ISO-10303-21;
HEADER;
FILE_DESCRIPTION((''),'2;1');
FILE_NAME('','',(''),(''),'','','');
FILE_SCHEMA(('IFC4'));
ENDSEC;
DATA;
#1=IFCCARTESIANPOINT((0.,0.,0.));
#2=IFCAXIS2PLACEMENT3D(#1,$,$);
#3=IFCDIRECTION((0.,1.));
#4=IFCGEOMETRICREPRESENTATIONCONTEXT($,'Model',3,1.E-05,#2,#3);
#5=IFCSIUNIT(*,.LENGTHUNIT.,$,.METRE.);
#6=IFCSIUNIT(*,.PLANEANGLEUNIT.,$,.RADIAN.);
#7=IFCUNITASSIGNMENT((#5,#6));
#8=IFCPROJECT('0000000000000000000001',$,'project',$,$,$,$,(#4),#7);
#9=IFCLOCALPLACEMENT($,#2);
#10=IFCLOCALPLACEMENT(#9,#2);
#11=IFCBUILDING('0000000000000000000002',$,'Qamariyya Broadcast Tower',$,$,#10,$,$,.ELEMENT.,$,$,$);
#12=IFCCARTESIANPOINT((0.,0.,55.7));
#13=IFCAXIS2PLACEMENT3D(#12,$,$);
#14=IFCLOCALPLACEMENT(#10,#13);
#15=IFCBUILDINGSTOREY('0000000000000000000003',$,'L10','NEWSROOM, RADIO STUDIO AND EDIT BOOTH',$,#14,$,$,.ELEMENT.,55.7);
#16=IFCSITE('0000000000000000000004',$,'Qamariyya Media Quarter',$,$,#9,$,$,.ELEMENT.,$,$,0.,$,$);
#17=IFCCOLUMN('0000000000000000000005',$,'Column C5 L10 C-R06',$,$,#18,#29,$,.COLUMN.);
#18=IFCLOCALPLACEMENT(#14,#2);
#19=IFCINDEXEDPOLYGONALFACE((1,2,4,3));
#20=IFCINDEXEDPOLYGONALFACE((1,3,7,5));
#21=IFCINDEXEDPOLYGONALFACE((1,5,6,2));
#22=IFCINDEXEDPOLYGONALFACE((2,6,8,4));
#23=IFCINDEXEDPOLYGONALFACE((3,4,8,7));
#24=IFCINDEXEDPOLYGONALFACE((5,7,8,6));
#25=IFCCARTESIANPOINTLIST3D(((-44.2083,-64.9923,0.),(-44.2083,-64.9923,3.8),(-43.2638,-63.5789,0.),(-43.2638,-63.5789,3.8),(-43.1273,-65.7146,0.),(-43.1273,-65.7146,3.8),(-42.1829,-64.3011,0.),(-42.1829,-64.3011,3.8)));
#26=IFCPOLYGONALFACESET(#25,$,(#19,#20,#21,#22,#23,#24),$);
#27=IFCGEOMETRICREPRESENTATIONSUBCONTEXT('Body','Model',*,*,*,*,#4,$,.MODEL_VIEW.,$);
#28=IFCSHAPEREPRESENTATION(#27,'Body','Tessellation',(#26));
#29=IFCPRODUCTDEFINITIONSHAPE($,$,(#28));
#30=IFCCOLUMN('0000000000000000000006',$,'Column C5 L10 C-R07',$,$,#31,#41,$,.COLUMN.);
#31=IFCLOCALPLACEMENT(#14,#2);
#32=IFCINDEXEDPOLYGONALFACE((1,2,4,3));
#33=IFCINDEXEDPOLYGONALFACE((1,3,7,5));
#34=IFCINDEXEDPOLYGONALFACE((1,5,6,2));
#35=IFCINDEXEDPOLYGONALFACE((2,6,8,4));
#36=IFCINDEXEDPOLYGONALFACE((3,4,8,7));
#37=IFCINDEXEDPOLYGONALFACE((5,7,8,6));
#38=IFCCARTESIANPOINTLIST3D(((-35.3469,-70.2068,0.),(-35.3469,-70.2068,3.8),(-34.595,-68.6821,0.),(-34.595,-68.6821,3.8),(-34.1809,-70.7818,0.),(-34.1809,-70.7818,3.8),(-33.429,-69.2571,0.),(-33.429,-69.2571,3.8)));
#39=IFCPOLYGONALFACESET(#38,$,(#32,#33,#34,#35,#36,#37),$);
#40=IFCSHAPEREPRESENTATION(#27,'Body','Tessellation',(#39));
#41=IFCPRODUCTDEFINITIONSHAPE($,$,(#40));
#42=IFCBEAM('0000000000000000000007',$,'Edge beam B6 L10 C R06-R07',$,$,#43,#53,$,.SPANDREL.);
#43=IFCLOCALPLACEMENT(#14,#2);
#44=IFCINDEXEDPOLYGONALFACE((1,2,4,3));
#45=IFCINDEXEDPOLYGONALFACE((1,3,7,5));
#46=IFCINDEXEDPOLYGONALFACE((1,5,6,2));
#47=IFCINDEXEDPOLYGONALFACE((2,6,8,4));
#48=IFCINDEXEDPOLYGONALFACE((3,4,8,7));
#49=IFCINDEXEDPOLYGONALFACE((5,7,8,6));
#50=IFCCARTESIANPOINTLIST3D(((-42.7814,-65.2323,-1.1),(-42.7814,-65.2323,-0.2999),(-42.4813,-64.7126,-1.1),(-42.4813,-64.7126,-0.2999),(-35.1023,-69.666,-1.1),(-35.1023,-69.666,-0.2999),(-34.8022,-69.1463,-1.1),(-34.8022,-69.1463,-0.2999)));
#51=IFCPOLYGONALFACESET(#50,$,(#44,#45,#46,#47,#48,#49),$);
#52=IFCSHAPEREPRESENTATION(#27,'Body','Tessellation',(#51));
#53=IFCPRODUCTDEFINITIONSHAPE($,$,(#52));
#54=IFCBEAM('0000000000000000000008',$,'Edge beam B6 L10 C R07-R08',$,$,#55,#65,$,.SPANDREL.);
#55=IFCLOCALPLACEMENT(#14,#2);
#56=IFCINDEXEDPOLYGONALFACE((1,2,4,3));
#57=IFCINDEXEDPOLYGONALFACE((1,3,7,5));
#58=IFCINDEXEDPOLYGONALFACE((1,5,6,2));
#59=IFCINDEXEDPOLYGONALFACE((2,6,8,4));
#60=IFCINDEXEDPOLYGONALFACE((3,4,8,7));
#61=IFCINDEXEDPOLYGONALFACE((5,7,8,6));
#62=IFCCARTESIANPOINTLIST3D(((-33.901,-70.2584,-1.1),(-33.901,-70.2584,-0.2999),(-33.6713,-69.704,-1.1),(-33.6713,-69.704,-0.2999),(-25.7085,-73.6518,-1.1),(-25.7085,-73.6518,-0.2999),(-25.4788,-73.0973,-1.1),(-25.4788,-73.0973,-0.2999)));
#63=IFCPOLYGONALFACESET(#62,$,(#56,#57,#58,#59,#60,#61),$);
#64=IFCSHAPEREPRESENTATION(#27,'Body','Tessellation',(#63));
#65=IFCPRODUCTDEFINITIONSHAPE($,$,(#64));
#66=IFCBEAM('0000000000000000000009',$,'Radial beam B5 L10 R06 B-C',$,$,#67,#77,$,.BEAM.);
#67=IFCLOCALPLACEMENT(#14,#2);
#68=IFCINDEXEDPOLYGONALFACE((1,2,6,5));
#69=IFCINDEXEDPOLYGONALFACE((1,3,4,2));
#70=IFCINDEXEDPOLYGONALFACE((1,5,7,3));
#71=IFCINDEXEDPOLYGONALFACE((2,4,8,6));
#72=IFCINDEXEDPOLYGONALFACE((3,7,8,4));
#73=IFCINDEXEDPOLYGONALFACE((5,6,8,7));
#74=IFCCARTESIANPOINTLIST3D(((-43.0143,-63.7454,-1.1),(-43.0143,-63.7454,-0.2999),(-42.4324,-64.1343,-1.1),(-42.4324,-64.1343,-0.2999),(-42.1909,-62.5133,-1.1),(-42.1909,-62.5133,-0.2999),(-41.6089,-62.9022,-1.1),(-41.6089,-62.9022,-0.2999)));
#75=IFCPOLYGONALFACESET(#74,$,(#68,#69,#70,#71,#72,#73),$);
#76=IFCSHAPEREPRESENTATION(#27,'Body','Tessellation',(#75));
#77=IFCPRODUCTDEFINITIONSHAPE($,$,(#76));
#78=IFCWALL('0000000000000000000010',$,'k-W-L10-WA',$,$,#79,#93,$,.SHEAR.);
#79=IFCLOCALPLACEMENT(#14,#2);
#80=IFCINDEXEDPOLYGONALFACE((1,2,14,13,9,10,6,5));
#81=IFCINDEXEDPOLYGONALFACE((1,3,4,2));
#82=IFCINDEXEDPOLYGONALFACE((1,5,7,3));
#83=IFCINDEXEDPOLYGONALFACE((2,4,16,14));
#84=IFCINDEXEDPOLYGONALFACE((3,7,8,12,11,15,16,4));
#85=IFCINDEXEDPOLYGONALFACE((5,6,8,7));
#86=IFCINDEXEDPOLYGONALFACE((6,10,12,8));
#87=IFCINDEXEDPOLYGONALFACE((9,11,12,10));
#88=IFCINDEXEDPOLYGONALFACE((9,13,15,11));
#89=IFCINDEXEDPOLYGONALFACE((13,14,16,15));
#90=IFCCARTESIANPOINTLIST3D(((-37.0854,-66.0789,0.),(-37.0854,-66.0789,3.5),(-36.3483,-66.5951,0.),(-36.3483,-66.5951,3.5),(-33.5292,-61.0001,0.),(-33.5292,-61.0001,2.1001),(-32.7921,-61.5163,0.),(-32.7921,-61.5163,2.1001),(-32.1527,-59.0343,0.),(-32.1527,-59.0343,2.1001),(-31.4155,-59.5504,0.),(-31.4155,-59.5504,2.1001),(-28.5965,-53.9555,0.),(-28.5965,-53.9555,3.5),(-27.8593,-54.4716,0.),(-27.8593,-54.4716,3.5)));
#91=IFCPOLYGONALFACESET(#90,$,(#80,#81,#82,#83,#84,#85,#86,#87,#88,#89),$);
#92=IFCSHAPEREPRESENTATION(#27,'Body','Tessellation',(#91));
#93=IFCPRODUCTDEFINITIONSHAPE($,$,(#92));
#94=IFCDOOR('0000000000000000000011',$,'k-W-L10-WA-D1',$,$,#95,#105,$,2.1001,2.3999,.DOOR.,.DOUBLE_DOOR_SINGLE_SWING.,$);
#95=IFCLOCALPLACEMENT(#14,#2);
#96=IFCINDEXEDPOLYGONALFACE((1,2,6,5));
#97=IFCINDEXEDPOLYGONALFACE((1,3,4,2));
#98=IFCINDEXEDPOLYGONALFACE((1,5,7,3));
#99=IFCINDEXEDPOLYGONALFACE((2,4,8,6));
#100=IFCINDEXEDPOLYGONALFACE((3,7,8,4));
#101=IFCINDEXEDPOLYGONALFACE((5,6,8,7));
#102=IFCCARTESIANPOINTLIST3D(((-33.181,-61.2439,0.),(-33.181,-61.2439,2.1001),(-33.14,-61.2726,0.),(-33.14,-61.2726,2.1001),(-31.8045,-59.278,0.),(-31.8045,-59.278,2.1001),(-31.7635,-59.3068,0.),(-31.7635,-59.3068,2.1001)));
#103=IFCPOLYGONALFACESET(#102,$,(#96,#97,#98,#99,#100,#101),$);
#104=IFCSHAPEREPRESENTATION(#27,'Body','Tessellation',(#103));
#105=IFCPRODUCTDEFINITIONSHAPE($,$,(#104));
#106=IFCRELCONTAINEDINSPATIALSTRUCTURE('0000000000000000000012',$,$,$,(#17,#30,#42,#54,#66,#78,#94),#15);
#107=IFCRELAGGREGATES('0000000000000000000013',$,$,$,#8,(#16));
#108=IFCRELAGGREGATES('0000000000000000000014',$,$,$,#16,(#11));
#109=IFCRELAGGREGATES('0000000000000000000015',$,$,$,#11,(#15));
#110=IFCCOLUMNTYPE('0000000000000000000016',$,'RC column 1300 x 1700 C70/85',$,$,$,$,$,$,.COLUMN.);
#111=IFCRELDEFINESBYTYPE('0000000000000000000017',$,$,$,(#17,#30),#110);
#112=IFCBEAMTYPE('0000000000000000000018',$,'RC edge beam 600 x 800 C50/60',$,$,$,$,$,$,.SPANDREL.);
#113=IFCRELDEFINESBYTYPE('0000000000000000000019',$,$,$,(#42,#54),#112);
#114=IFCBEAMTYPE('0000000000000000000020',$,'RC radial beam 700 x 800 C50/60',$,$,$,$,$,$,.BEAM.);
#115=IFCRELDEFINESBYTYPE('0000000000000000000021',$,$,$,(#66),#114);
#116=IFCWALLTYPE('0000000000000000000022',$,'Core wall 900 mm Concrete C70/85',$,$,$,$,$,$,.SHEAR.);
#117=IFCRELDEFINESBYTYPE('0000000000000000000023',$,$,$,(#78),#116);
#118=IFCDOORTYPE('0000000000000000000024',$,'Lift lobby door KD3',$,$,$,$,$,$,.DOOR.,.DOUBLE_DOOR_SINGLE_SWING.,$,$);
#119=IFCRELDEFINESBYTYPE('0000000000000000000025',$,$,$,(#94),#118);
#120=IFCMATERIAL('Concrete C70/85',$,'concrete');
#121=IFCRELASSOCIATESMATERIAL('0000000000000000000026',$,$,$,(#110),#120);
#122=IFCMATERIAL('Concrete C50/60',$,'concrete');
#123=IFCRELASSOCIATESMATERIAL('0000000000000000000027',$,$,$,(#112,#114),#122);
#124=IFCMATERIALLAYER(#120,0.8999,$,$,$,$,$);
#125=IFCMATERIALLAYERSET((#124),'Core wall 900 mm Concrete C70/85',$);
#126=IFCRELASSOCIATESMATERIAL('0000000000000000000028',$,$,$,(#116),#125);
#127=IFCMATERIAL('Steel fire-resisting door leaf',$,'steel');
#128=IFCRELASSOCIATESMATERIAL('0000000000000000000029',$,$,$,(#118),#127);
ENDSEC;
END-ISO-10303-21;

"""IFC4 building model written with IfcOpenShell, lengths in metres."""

from ifc_helpers import new_model, si_unit, direction, frame, frame_2d, origin, origin_2d, place, context, subcontext, project, spatial, rectangle, extrude, material, layer, layer_set, material_profile, profile_set, type_object, element, fill, save


model = new_model("IFC4")

# Units and contexts
model_context = context("Model", 3, precision=1e-05, world=origin(), true_north=direction((0.0, 1.0)))
body_context = subcontext(model_context, "Body", "Model", "MODEL_VIEW")
ifc_project = project(units=[si_unit("LENGTHUNIT", "METRE"), si_unit("PLANEANGLEUNIT", "RADIAN")], contexts=[model_context])

# Site, building, storey
site_placement = place(None, origin())
site = spatial("IfcSite", under=ifc_project, at=site_placement, Name="Qamariyya Media Quarter", CompositionType="ELEMENT", RefElevation=0.0)
building_placement = place(site_placement, origin())
building = spatial("IfcBuilding", under=site, at=building_placement, Name="Qamariyya Broadcast Tower", CompositionType="ELEMENT")
storey_placement = place(building_placement, frame((0.0, 0.0, 55.7)))
storey = spatial("IfcBuildingStorey", under=building, at=storey_placement, Name="L10", Description="NEWSROOM, RADIO STUDIO AND EDIT BOOTH", CompositionType="ELEMENT", Elevation=55.7)

# Columns
ifc_material_1 = material(Name="Concrete C70/85", Category="concrete")
ifc_material_profile_1 = material_profile(ifc_material_1, rectangle(XDim=1.3, YDim=1.7, at=origin_2d()))
ifc_profile_set_1 = profile_set([ifc_material_profile_1], Name="Concrete C70/85")
column_type = type_object("IfcColumnType", Name="RC column 1300 x 1700 C70/85", PredefinedType="COLUMN", material=ifc_profile_set_1)
for number, where, z_axis, x_axis, name in (
    (1, (-43.1956, -64.6467, 0.0), (0.0, 0.0, 1.0), (0.83147, -0.55557, 0.0), "Column C5 L10 C-R06"),
    (2, (-34.3879, -69.7319, 0.0), (0.0, 0.0, 1.0), (0.896873, -0.442289, 0.0), "Column C5 L10 C-R07"),
):
    element("IfcColumn", number, at=place(storey_placement, frame(where, z_axis=z_axis, x_axis=x_axis)), inside=storey, type_object=column_type, Name=name, PredefinedType="COLUMN", context=body_context, shape_type="SweptSolid", body=[
        extrude(rectangle(XDim=1.3, YDim=1.7, at=origin_2d()), origin(), (0.0, 0.0, 1.0), 3.8),
    ])

# Beams
ifc_material_2 = material(Name="Concrete C50/60", Category="concrete")
ifc_material_profile_2 = material_profile(ifc_material_2, rectangle(XDim=0.6001, YDim=0.8, at=origin_2d()))
ifc_profile_set_2 = profile_set([ifc_material_profile_2], Name="Concrete C50/60")
beam_type_1 = type_object("IfcBeamType", Name="RC edge beam 600 x 800 C50/60", PredefinedType="SPANDREL", material=ifc_profile_set_2)
beam_1_placement = place(storey_placement, frame((-42.6313, -64.9724, -0.7), z_axis=(0.866013, -0.500021, 0.0), x_axis=(0.500021, 0.866013, 0.0)))
element("IfcBeam", 3, at=beam_1_placement, inside=storey, type_object=beam_type_1, Name="Edge beam B6 L10 C R06-R07", PredefinedType="SPANDREL", context=body_context, shape_type="SweptSolid", body=[
    extrude(rectangle(XDim=0.6001, YDim=0.8, at=origin_2d()), origin(), (0.0, 0.0, 1.0), 8.8672),
])
beam_2_placement = place(storey_placement, frame((-33.7861, -69.9812, -0.7), z_axis=(0.923883, -0.382675, 0.0), x_axis=(0.382675, 0.923883, 0.0)))
element("IfcBeam", 4, at=beam_2_placement, inside=storey, type_object=beam_type_1, Name="Edge beam B6 L10 C R07-R08", PredefinedType="SPANDREL", context=body_context, shape_type="SweptSolid", body=[
    extrude(rectangle(XDim=0.6001, YDim=0.8, at=origin_2d()), origin(), (0.0, 0.0, 1.0), 8.8674),
])
ifc_material_profile_3 = material_profile(ifc_material_2, rectangle(XDim=0.7, YDim=0.8, at=origin_2d()))
ifc_profile_set_3 = profile_set([ifc_material_profile_3], Name="Concrete C50/60")
beam_type_2 = type_object("IfcBeamType", Name="RC radial beam 700 x 800 C50/60", PredefinedType="BEAM", material=ifc_profile_set_3)
beam_3_placement = place(storey_placement, frame((-41.8999, -62.7078, -0.7), z_axis=(-0.55565, -0.831416, 0.0), x_axis=(0.831416, -0.55565, 0.0)))
element("IfcBeam", 5, at=beam_3_placement, inside=storey, type_object=beam_type_2, Name="Radial beam B5 L10 R06 B-C", PredefinedType="BEAM", context=body_context, shape_type="SweptSolid", body=[
    extrude(rectangle(XDim=0.7, YDim=0.8, at=origin_2d()), origin(), (0.0, 0.0, 1.0), 1.4819),
])

# Wall, opening, door
ifc_layer_1 = layer(ifc_material_1, 0.8999)
ifc_layer_set_1 = layer_set([ifc_layer_1], Name="Core wall 900 mm Concrete C70/85")
wall_type_1 = type_object("IfcWallType", Name="Core wall 900 mm Concrete C70/85", PredefinedType="SHEAR", material=ifc_layer_set_1)
wall_1_placement = place(storey_placement, frame((-36.7168, -66.3369, 0.0), z_axis=(0.0, 0.0, 1.0), x_axis=(0.573577, 0.819151, 0.0)))
wall_1 = element("IfcWall", 6, at=wall_1_placement, inside=storey, type_object=wall_type_1, Name="k-W-L10-WA", PredefinedType="SHEAR", context=body_context, shape_type="SweptSolid", body=[
    extrude(rectangle(XDim=14.8, YDim=0.8999, at=frame_2d((7.3999, 0.0))), origin(), (0.0, 0.0, 1.0), 3.5),
])
opening_1_placement = place(wall_1_placement, frame((6.2, 0.0, 0.0)))
opening_1 = element("IfcOpeningElement", 7, at=opening_1_placement, cuts=wall_1, PredefinedType="OPENING", context=body_context, shape_type="SweptSolid", body=[
    extrude(rectangle(XDim=2.3999, YDim=2.1001, at=frame_2d((1.2, 1.05))), frame((0.0, 0.46, 0.0), z_axis=(0.0, -1.0, 0.0), x_axis=(1.0, 0.0, 0.0)), (0.0, 0.0, 1.0), 0.9199),
])
ifc_material_3 = material(Name="Steel fire-resisting door leaf", Category="steel")
door_type_1 = type_object("IfcDoorType", Name="Lift lobby door KD3", OperationType="DOUBLE_DOOR_SINGLE_SWING", PredefinedType="DOOR", material=ifc_material_3)
door_1_placement = place(opening_1_placement, origin())
door_1 = element("IfcDoor", 8, at=door_1_placement, inside=storey, type_object=door_type_1, Name="k-W-L10-WA-D1", OperationType="DOUBLE_DOOR_SINGLE_SWING", OverallHeight=2.1001, OverallWidth=2.3999, PredefinedType="DOOR", context=body_context, shape_type="SweptSolid", body=[
    extrude(rectangle(XDim=2.3999, YDim=2.1001, at=frame_2d((1.2, 1.05))), frame((0.0, 0.0249, 0.0), z_axis=(0.0, -1.0, 0.0), x_axis=(1.0, 0.0, 0.0)), (0.0, 0.0, 1.0), 0.05),
])
fill(opening_1, door_1)

save(model, "model.ifc")
